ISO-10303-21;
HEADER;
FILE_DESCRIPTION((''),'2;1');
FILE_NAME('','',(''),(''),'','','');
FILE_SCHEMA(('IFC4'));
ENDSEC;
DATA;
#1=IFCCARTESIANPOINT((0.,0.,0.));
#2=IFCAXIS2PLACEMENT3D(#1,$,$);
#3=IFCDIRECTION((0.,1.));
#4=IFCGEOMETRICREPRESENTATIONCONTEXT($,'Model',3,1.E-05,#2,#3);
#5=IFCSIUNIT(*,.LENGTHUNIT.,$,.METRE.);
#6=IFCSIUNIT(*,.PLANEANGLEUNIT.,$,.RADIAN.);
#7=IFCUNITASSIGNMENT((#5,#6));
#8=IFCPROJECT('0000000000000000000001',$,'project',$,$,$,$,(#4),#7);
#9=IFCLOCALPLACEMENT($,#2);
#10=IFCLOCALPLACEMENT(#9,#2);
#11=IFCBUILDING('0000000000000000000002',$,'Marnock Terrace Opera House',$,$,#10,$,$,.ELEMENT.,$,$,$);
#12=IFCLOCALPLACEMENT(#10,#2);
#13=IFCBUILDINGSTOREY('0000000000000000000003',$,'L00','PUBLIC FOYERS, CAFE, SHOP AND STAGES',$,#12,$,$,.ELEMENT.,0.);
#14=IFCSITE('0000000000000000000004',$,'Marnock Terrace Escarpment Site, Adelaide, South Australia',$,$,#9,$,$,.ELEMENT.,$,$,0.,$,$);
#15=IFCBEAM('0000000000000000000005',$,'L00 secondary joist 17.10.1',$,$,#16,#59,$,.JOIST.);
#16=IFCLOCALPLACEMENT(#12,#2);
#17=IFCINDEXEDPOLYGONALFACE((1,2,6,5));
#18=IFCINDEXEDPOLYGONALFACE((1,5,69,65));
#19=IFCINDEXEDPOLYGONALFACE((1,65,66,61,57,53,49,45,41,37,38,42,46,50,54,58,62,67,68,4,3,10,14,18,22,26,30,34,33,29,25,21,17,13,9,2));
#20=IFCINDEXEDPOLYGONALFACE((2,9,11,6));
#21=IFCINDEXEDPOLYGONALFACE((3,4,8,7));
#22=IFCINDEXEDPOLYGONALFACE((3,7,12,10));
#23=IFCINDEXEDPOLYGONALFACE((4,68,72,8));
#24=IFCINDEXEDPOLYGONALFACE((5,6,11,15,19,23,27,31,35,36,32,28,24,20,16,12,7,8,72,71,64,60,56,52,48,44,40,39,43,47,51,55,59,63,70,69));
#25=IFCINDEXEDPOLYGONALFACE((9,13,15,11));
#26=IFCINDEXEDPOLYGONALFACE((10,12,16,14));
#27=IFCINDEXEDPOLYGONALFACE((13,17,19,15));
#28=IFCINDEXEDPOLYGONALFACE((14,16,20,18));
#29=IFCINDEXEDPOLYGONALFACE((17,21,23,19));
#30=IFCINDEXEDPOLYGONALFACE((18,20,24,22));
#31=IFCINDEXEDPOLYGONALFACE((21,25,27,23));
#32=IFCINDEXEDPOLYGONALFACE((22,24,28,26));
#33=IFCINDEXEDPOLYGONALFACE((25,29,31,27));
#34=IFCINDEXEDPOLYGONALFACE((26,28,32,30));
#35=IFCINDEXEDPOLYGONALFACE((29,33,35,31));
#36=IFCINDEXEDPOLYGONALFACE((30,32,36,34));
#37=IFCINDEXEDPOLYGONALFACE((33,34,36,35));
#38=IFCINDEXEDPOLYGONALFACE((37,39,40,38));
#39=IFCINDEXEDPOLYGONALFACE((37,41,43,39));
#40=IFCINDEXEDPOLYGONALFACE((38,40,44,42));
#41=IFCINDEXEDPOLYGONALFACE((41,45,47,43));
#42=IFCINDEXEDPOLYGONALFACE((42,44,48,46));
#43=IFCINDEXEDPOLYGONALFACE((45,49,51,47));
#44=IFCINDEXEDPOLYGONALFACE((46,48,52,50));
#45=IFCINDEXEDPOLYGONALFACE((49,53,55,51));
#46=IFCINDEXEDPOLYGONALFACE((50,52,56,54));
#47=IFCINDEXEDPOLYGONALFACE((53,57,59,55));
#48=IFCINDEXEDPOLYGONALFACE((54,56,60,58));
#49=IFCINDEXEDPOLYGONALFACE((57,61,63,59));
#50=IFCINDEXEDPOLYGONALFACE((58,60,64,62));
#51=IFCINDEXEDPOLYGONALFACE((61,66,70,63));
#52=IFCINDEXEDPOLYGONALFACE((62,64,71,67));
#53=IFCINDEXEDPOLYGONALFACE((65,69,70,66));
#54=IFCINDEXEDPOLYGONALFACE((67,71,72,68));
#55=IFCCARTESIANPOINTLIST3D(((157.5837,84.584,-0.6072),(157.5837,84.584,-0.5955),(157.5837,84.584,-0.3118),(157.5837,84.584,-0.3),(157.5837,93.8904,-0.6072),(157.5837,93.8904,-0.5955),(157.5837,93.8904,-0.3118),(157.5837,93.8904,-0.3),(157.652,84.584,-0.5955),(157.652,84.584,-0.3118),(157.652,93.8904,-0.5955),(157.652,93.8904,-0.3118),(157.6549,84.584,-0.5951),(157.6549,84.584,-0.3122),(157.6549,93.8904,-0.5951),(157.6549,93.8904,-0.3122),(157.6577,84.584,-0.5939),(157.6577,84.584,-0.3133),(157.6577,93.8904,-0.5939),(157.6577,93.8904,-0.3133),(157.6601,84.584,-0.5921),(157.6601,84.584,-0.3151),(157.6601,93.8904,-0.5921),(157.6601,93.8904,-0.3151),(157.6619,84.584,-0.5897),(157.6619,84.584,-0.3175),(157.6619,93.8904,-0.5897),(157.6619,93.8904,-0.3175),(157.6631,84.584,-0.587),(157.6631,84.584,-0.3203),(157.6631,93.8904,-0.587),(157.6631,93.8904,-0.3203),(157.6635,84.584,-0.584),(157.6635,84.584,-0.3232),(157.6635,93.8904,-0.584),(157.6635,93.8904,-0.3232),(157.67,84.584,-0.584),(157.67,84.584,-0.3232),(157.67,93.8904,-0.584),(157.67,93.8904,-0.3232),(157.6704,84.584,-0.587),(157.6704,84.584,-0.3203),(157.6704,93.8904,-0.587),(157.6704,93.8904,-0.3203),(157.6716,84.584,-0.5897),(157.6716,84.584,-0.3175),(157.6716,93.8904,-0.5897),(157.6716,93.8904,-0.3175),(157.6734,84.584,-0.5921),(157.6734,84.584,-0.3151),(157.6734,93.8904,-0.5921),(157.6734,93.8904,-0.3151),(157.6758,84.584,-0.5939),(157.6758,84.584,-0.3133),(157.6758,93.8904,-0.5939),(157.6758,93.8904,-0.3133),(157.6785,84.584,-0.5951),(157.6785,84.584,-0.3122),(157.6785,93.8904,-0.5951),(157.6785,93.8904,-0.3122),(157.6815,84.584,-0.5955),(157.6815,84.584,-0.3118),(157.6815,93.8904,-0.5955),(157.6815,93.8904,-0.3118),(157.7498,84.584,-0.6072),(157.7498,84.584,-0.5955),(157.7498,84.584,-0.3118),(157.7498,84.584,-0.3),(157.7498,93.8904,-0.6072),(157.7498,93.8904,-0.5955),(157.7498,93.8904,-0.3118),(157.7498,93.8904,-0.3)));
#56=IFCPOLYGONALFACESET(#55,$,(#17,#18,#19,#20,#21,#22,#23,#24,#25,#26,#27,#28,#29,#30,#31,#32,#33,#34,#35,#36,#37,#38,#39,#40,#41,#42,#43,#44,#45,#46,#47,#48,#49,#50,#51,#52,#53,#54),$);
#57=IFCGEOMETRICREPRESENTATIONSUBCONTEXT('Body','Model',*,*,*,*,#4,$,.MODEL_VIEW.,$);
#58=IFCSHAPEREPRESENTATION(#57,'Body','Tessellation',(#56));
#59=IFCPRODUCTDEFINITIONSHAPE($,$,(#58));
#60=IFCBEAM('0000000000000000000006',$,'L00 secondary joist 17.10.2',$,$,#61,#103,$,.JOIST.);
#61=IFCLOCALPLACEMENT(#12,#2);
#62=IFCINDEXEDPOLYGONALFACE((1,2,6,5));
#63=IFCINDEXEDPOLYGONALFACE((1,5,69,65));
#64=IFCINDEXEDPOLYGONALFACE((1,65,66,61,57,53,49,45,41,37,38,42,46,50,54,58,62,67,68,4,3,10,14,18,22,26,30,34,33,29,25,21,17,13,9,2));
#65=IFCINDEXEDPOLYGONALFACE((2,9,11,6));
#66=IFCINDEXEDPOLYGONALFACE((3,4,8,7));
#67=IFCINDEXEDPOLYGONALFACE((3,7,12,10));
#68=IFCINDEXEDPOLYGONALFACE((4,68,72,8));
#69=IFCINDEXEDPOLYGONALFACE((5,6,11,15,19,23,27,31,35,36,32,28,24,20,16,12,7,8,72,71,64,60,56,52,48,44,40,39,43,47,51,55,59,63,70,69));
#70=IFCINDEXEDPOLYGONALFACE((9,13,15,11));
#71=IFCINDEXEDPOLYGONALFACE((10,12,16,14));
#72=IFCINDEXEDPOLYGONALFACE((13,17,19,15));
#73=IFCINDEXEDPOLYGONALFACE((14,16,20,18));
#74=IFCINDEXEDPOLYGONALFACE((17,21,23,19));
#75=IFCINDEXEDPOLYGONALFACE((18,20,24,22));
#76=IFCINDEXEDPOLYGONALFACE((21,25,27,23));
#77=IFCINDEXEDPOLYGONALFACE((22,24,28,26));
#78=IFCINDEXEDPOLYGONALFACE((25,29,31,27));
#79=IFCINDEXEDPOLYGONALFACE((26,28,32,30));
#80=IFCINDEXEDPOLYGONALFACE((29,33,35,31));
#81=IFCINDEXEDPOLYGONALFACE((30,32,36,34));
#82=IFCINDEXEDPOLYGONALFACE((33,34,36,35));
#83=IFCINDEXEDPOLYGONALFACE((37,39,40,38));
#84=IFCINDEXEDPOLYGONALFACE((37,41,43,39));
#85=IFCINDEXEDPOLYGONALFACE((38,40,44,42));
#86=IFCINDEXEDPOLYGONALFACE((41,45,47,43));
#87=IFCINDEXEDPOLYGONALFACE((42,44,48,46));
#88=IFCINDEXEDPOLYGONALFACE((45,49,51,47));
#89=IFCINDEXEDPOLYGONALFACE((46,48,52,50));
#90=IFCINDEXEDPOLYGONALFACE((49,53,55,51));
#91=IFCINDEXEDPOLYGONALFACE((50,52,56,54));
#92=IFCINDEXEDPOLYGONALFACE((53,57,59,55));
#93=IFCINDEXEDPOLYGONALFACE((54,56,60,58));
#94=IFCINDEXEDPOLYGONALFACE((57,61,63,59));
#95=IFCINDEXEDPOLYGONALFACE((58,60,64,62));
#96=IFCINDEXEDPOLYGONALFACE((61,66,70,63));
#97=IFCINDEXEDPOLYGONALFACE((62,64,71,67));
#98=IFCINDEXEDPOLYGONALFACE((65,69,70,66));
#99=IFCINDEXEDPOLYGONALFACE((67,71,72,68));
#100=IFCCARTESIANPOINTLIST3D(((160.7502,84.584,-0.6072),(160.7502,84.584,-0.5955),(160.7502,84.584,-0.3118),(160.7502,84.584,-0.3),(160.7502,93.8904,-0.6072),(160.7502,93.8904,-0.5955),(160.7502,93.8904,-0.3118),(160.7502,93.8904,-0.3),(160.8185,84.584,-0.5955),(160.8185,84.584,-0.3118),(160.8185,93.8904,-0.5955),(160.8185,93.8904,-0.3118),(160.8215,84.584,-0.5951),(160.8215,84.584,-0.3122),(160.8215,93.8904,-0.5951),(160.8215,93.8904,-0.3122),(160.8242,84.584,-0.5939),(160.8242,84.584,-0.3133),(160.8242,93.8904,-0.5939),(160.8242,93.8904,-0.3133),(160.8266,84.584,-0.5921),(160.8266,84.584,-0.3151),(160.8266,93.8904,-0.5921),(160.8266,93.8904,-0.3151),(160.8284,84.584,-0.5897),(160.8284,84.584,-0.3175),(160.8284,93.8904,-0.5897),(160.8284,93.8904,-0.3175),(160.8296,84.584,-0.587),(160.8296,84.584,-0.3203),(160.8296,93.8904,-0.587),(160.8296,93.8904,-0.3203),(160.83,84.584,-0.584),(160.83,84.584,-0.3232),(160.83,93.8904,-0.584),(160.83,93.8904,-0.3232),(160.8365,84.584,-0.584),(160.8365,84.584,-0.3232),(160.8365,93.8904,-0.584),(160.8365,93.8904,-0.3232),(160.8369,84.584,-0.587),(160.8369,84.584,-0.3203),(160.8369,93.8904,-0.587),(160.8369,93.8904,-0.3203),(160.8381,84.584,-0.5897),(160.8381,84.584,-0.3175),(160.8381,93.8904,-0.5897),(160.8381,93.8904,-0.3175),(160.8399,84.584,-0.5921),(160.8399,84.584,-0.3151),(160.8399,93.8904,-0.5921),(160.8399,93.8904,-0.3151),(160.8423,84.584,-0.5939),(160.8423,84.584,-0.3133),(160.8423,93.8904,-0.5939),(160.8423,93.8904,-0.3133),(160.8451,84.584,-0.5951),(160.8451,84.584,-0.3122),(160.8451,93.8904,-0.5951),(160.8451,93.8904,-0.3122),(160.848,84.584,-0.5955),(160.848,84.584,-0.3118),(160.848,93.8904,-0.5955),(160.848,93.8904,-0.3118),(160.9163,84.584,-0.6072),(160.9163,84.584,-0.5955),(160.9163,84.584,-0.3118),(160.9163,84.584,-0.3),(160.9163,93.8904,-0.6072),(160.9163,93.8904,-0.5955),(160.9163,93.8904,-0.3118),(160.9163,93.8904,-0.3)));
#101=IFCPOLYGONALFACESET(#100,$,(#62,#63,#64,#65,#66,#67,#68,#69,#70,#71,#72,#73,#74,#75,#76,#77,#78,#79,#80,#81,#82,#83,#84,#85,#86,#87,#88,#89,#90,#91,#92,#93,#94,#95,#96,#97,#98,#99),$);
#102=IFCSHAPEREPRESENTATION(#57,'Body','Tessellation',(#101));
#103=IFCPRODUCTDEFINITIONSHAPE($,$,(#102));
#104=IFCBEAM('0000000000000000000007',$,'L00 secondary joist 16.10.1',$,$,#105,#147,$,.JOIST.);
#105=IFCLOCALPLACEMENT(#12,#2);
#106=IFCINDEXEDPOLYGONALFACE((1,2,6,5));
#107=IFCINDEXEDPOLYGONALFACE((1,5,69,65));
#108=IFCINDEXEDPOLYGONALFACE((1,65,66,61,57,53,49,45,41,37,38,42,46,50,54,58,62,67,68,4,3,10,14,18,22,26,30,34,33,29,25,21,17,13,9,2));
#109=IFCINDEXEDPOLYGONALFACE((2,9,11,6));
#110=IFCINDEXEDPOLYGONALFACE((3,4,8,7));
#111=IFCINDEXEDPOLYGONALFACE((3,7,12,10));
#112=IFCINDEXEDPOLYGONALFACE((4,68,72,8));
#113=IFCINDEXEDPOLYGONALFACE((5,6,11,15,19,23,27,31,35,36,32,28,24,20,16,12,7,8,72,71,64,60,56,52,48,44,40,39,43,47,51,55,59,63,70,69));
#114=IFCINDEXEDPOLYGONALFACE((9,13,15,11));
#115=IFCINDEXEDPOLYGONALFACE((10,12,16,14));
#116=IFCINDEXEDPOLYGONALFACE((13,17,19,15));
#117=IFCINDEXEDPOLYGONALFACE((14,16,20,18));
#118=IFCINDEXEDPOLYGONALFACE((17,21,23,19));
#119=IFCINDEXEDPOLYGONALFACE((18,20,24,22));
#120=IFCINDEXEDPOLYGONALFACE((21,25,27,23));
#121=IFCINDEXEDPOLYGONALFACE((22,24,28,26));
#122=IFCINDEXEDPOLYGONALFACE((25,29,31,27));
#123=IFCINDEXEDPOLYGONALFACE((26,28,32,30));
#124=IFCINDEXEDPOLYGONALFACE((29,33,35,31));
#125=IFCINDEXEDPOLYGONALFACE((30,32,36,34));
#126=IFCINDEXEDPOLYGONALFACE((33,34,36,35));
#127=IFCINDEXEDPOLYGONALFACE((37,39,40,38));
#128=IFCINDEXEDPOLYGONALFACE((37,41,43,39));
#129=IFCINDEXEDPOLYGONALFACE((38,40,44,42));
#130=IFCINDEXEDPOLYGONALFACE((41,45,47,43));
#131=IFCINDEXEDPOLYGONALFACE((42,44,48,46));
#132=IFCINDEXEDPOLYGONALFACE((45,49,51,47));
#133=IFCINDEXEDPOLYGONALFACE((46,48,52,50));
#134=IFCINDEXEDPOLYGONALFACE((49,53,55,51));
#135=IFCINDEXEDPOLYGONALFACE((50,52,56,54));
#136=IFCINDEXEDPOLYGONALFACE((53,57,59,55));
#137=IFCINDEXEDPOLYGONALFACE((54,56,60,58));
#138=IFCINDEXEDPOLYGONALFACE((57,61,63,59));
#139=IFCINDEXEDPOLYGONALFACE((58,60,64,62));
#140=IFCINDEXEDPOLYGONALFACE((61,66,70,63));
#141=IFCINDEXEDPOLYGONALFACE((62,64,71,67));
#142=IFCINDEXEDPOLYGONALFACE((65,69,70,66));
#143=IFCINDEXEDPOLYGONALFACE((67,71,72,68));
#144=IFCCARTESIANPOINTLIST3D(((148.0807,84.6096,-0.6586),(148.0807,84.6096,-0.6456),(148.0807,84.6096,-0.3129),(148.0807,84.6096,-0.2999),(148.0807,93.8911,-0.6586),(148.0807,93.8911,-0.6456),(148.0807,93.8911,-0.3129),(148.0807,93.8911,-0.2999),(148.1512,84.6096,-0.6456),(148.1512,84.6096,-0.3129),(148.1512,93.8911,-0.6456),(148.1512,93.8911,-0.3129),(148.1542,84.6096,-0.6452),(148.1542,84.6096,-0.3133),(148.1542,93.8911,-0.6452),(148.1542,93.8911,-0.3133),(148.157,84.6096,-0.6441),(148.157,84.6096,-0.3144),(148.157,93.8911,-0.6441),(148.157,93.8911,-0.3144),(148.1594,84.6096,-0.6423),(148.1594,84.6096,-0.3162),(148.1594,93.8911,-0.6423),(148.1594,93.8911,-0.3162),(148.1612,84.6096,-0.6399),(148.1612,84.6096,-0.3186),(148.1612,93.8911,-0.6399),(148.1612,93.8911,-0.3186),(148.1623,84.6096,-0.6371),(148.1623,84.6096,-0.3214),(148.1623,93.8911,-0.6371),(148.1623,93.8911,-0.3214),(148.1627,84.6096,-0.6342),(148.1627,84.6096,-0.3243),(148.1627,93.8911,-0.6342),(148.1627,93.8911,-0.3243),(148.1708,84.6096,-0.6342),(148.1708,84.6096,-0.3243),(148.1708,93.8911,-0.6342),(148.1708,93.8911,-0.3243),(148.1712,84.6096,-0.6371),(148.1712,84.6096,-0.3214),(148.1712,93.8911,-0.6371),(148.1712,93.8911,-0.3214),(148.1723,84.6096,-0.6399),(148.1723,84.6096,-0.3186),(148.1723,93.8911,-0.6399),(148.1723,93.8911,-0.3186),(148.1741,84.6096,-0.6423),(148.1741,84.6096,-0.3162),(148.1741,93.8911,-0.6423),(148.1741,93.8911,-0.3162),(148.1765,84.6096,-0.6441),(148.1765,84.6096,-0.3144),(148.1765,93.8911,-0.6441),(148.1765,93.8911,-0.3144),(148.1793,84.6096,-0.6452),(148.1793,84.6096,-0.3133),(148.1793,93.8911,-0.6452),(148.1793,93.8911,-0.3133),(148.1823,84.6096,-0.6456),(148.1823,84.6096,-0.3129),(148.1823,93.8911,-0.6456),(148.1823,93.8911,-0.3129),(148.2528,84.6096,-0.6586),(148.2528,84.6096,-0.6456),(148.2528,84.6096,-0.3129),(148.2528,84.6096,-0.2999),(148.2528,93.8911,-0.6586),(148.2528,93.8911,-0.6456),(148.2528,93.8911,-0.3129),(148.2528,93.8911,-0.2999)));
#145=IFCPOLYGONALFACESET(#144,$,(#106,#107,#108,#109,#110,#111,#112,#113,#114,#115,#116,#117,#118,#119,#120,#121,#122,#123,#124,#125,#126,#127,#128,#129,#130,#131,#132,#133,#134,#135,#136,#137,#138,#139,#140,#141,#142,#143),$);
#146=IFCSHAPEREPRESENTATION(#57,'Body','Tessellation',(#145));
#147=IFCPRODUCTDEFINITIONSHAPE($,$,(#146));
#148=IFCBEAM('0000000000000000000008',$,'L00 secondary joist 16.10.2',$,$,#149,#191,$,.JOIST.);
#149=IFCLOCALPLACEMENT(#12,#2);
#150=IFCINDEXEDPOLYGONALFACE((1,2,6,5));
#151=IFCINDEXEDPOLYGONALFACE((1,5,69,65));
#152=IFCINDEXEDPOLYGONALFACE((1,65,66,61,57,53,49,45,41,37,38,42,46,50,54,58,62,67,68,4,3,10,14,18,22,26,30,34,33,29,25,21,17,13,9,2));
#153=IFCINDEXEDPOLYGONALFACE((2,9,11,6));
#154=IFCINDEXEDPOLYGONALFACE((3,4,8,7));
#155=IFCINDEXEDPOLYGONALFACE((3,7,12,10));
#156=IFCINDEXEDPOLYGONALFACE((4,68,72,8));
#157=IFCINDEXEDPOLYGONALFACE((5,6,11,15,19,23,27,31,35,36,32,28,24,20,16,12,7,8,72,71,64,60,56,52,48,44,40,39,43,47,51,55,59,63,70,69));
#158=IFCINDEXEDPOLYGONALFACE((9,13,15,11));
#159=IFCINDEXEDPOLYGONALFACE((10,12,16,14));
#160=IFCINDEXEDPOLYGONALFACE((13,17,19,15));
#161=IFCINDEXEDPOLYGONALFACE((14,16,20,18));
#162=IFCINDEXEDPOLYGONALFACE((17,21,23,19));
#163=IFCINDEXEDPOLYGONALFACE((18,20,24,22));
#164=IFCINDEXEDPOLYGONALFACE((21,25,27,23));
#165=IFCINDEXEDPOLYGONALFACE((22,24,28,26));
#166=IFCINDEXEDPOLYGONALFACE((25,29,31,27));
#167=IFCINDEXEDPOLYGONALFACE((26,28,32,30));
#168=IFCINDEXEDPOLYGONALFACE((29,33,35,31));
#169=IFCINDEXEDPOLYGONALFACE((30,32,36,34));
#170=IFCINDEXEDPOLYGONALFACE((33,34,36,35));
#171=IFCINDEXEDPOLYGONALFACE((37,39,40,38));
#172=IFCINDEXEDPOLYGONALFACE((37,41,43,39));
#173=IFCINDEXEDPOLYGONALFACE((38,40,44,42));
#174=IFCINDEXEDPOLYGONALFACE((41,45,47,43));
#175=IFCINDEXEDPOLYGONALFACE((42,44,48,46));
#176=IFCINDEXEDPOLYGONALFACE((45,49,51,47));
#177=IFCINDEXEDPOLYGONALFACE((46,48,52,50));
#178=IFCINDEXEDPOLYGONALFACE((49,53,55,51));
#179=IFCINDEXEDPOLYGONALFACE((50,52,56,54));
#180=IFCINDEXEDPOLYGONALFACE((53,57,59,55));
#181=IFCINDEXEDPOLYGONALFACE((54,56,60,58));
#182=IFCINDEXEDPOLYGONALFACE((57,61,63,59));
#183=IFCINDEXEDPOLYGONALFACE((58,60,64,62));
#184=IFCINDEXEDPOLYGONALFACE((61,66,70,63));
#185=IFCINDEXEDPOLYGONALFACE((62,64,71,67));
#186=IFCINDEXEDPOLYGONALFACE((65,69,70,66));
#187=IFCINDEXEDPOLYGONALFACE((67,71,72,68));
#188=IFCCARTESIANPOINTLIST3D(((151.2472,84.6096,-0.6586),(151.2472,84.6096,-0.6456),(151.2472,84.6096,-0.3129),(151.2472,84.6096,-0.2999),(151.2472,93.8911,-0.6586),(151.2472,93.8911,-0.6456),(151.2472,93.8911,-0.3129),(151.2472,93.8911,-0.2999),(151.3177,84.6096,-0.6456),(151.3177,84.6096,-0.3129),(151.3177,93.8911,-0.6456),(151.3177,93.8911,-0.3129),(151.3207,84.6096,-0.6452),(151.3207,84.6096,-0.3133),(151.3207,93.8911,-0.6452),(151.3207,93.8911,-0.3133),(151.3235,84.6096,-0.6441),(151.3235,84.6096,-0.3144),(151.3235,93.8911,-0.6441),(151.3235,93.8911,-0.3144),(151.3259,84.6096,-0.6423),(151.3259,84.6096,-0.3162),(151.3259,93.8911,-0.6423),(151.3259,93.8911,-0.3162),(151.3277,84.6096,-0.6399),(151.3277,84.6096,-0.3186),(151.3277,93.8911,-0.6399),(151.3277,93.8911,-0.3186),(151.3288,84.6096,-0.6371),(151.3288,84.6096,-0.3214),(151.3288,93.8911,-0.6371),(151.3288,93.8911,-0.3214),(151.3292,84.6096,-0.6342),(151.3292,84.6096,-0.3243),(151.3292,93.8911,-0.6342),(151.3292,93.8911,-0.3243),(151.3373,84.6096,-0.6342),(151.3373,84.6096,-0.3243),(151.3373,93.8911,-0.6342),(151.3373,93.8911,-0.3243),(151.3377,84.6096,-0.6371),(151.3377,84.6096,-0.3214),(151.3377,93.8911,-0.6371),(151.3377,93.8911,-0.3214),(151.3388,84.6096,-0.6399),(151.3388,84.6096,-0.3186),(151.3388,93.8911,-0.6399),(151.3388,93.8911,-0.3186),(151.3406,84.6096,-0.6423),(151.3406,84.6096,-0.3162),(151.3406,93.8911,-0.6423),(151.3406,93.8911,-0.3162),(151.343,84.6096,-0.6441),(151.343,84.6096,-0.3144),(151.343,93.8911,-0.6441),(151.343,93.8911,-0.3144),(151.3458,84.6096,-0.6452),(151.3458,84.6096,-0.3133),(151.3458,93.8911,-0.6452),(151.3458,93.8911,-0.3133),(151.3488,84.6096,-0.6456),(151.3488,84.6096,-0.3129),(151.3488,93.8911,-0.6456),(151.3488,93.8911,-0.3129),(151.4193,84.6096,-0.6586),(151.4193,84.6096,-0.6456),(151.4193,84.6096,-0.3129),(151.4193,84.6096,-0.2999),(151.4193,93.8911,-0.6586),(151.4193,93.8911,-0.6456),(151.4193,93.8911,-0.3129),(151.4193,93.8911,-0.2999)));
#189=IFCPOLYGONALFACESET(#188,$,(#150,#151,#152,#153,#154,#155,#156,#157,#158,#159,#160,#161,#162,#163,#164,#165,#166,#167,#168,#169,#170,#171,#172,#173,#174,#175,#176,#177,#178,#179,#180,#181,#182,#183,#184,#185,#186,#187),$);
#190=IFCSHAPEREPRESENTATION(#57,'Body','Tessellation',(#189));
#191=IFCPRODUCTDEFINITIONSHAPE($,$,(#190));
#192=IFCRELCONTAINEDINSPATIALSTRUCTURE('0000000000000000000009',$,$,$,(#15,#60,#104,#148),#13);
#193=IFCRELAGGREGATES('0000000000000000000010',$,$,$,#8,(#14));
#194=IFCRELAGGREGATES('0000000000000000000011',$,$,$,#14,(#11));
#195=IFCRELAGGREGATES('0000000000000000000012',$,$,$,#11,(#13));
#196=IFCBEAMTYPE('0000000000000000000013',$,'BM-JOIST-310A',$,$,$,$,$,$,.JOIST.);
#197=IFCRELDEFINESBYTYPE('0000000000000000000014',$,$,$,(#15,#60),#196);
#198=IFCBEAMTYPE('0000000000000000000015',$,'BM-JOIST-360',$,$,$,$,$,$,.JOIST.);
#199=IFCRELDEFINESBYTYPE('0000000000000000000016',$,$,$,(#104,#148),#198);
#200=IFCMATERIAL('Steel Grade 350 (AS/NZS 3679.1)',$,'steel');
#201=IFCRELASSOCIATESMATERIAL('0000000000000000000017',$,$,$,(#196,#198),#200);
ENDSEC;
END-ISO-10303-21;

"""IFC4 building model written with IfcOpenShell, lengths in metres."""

from ifc_helpers import new_model, si_unit, direction, frame, origin, origin_2d, place, context, subcontext, project, spatial, i_section, extrude, material, material_profile, profile_set, type_object, element, save


model = new_model("IFC4")

# Units and contexts
model_context = context("Model", 3, precision=1e-05, world=origin(), true_north=direction((0.0, 1.0)))
body_context = subcontext(model_context, "Body", "Model", "MODEL_VIEW")
ifc_project = project(units=[si_unit("LENGTHUNIT", "METRE"), si_unit("PLANEANGLEUNIT", "RADIAN")], contexts=[model_context])

# Site, building, storey
site_placement = place(None, origin())
site = spatial("IfcSite", under=ifc_project, at=site_placement, Name="Marnock Terrace Escarpment Site, Adelaide, South Australia", CompositionType="ELEMENT", RefElevation=0.0)
building_placement = place(site_placement, origin())
building = spatial("IfcBuilding", under=site, at=building_placement, Name="Marnock Terrace Opera House", CompositionType="ELEMENT")
storey_placement = place(building_placement, origin())
storey = spatial("IfcBuildingStorey", under=building, at=storey_placement, Name="L00", Description="PUBLIC FOYERS, CAFE, SHOP AND STAGES", CompositionType="ELEMENT", Elevation=0.0)

# Beams
ifc_material_1 = material(Name="Steel Grade 350 (AS/NZS 3679.1)", Category="steel")
ifc_material_profile_1 = material_profile(ifc_material_1, i_section(OverallWidth=0.166, OverallDepth=0.3071, WebThickness=0.0066, FlangeThickness=0.0117, FilletRadius=0.0115, at=origin_2d()))
ifc_profile_set_1 = profile_set([ifc_material_profile_1], Name="Steel Grade 350 (AS/NZS 3679.1)")
beam_type_1 = type_object("IfcBeamType", Name="BM-JOIST-310A", PredefinedType="JOIST", material=ifc_profile_set_1)
for number, where, z_axis, x_axis, name in (
    (1, (157.6667, 84.584, -0.4536), (0.0, 1.0, 0.0), (-1.0, 0.0, 0.0), "L00 secondary joist 17.10.1"),
    (2, (160.8333, 84.584, -0.4536), (0.0, 1.0, 0.0), (-1.0, 0.0, 0.0), "L00 secondary joist 17.10.2"),
):
    element("IfcBeam", number, at=place(storey_placement, frame(where, z_axis=z_axis, x_axis=x_axis)), inside=storey, type_object=beam_type_1, Name=name, PredefinedType="JOIST", context=body_context, shape_type="SweptSolid", body=[
        extrude(i_section(OverallWidth=0.166, OverallDepth=0.3071, WebThickness=0.0066, FlangeThickness=0.0117, FilletRadius=0.0115, at=origin_2d()), origin(), (0.0, 0.0, 1.0), 9.3064),
    ])
ifc_material_profile_2 = material_profile(ifc_material_1, i_section(OverallWidth=0.1721, OverallDepth=0.3586, WebThickness=0.0081, FlangeThickness=0.0129, FilletRadius=0.0115, at=origin_2d()))
ifc_profile_set_2 = profile_set([ifc_material_profile_2], Name="Steel Grade 350 (AS/NZS 3679.1)")
beam_type_2 = type_object("IfcBeamType", Name="BM-JOIST-360", PredefinedType="JOIST", material=ifc_profile_set_2)
for number, where, z_axis, x_axis, name in (
    (3, (148.1667, 84.6096, -0.4792), (0.0, 1.0, 0.0), (-1.0, 0.0, 0.0), "L00 secondary joist 16.10.1"),
    (4, (151.3333, 84.6096, -0.4792), (0.0, 1.0, 0.0), (-1.0, 0.0, 0.0), "L00 secondary joist 16.10.2"),
):
    element("IfcBeam", number, at=place(storey_placement, frame(where, z_axis=z_axis, x_axis=x_axis)), inside=storey, type_object=beam_type_2, Name=name, PredefinedType="JOIST", context=body_context, shape_type="SweptSolid", body=[
        extrude(i_section(OverallWidth=0.1721, OverallDepth=0.3586, WebThickness=0.0081, FlangeThickness=0.0129, FilletRadius=0.0115, at=origin_2d()), origin(), (0.0, 0.0, 1.0), 9.2815),
    ])

save(model, "model.ifc")
